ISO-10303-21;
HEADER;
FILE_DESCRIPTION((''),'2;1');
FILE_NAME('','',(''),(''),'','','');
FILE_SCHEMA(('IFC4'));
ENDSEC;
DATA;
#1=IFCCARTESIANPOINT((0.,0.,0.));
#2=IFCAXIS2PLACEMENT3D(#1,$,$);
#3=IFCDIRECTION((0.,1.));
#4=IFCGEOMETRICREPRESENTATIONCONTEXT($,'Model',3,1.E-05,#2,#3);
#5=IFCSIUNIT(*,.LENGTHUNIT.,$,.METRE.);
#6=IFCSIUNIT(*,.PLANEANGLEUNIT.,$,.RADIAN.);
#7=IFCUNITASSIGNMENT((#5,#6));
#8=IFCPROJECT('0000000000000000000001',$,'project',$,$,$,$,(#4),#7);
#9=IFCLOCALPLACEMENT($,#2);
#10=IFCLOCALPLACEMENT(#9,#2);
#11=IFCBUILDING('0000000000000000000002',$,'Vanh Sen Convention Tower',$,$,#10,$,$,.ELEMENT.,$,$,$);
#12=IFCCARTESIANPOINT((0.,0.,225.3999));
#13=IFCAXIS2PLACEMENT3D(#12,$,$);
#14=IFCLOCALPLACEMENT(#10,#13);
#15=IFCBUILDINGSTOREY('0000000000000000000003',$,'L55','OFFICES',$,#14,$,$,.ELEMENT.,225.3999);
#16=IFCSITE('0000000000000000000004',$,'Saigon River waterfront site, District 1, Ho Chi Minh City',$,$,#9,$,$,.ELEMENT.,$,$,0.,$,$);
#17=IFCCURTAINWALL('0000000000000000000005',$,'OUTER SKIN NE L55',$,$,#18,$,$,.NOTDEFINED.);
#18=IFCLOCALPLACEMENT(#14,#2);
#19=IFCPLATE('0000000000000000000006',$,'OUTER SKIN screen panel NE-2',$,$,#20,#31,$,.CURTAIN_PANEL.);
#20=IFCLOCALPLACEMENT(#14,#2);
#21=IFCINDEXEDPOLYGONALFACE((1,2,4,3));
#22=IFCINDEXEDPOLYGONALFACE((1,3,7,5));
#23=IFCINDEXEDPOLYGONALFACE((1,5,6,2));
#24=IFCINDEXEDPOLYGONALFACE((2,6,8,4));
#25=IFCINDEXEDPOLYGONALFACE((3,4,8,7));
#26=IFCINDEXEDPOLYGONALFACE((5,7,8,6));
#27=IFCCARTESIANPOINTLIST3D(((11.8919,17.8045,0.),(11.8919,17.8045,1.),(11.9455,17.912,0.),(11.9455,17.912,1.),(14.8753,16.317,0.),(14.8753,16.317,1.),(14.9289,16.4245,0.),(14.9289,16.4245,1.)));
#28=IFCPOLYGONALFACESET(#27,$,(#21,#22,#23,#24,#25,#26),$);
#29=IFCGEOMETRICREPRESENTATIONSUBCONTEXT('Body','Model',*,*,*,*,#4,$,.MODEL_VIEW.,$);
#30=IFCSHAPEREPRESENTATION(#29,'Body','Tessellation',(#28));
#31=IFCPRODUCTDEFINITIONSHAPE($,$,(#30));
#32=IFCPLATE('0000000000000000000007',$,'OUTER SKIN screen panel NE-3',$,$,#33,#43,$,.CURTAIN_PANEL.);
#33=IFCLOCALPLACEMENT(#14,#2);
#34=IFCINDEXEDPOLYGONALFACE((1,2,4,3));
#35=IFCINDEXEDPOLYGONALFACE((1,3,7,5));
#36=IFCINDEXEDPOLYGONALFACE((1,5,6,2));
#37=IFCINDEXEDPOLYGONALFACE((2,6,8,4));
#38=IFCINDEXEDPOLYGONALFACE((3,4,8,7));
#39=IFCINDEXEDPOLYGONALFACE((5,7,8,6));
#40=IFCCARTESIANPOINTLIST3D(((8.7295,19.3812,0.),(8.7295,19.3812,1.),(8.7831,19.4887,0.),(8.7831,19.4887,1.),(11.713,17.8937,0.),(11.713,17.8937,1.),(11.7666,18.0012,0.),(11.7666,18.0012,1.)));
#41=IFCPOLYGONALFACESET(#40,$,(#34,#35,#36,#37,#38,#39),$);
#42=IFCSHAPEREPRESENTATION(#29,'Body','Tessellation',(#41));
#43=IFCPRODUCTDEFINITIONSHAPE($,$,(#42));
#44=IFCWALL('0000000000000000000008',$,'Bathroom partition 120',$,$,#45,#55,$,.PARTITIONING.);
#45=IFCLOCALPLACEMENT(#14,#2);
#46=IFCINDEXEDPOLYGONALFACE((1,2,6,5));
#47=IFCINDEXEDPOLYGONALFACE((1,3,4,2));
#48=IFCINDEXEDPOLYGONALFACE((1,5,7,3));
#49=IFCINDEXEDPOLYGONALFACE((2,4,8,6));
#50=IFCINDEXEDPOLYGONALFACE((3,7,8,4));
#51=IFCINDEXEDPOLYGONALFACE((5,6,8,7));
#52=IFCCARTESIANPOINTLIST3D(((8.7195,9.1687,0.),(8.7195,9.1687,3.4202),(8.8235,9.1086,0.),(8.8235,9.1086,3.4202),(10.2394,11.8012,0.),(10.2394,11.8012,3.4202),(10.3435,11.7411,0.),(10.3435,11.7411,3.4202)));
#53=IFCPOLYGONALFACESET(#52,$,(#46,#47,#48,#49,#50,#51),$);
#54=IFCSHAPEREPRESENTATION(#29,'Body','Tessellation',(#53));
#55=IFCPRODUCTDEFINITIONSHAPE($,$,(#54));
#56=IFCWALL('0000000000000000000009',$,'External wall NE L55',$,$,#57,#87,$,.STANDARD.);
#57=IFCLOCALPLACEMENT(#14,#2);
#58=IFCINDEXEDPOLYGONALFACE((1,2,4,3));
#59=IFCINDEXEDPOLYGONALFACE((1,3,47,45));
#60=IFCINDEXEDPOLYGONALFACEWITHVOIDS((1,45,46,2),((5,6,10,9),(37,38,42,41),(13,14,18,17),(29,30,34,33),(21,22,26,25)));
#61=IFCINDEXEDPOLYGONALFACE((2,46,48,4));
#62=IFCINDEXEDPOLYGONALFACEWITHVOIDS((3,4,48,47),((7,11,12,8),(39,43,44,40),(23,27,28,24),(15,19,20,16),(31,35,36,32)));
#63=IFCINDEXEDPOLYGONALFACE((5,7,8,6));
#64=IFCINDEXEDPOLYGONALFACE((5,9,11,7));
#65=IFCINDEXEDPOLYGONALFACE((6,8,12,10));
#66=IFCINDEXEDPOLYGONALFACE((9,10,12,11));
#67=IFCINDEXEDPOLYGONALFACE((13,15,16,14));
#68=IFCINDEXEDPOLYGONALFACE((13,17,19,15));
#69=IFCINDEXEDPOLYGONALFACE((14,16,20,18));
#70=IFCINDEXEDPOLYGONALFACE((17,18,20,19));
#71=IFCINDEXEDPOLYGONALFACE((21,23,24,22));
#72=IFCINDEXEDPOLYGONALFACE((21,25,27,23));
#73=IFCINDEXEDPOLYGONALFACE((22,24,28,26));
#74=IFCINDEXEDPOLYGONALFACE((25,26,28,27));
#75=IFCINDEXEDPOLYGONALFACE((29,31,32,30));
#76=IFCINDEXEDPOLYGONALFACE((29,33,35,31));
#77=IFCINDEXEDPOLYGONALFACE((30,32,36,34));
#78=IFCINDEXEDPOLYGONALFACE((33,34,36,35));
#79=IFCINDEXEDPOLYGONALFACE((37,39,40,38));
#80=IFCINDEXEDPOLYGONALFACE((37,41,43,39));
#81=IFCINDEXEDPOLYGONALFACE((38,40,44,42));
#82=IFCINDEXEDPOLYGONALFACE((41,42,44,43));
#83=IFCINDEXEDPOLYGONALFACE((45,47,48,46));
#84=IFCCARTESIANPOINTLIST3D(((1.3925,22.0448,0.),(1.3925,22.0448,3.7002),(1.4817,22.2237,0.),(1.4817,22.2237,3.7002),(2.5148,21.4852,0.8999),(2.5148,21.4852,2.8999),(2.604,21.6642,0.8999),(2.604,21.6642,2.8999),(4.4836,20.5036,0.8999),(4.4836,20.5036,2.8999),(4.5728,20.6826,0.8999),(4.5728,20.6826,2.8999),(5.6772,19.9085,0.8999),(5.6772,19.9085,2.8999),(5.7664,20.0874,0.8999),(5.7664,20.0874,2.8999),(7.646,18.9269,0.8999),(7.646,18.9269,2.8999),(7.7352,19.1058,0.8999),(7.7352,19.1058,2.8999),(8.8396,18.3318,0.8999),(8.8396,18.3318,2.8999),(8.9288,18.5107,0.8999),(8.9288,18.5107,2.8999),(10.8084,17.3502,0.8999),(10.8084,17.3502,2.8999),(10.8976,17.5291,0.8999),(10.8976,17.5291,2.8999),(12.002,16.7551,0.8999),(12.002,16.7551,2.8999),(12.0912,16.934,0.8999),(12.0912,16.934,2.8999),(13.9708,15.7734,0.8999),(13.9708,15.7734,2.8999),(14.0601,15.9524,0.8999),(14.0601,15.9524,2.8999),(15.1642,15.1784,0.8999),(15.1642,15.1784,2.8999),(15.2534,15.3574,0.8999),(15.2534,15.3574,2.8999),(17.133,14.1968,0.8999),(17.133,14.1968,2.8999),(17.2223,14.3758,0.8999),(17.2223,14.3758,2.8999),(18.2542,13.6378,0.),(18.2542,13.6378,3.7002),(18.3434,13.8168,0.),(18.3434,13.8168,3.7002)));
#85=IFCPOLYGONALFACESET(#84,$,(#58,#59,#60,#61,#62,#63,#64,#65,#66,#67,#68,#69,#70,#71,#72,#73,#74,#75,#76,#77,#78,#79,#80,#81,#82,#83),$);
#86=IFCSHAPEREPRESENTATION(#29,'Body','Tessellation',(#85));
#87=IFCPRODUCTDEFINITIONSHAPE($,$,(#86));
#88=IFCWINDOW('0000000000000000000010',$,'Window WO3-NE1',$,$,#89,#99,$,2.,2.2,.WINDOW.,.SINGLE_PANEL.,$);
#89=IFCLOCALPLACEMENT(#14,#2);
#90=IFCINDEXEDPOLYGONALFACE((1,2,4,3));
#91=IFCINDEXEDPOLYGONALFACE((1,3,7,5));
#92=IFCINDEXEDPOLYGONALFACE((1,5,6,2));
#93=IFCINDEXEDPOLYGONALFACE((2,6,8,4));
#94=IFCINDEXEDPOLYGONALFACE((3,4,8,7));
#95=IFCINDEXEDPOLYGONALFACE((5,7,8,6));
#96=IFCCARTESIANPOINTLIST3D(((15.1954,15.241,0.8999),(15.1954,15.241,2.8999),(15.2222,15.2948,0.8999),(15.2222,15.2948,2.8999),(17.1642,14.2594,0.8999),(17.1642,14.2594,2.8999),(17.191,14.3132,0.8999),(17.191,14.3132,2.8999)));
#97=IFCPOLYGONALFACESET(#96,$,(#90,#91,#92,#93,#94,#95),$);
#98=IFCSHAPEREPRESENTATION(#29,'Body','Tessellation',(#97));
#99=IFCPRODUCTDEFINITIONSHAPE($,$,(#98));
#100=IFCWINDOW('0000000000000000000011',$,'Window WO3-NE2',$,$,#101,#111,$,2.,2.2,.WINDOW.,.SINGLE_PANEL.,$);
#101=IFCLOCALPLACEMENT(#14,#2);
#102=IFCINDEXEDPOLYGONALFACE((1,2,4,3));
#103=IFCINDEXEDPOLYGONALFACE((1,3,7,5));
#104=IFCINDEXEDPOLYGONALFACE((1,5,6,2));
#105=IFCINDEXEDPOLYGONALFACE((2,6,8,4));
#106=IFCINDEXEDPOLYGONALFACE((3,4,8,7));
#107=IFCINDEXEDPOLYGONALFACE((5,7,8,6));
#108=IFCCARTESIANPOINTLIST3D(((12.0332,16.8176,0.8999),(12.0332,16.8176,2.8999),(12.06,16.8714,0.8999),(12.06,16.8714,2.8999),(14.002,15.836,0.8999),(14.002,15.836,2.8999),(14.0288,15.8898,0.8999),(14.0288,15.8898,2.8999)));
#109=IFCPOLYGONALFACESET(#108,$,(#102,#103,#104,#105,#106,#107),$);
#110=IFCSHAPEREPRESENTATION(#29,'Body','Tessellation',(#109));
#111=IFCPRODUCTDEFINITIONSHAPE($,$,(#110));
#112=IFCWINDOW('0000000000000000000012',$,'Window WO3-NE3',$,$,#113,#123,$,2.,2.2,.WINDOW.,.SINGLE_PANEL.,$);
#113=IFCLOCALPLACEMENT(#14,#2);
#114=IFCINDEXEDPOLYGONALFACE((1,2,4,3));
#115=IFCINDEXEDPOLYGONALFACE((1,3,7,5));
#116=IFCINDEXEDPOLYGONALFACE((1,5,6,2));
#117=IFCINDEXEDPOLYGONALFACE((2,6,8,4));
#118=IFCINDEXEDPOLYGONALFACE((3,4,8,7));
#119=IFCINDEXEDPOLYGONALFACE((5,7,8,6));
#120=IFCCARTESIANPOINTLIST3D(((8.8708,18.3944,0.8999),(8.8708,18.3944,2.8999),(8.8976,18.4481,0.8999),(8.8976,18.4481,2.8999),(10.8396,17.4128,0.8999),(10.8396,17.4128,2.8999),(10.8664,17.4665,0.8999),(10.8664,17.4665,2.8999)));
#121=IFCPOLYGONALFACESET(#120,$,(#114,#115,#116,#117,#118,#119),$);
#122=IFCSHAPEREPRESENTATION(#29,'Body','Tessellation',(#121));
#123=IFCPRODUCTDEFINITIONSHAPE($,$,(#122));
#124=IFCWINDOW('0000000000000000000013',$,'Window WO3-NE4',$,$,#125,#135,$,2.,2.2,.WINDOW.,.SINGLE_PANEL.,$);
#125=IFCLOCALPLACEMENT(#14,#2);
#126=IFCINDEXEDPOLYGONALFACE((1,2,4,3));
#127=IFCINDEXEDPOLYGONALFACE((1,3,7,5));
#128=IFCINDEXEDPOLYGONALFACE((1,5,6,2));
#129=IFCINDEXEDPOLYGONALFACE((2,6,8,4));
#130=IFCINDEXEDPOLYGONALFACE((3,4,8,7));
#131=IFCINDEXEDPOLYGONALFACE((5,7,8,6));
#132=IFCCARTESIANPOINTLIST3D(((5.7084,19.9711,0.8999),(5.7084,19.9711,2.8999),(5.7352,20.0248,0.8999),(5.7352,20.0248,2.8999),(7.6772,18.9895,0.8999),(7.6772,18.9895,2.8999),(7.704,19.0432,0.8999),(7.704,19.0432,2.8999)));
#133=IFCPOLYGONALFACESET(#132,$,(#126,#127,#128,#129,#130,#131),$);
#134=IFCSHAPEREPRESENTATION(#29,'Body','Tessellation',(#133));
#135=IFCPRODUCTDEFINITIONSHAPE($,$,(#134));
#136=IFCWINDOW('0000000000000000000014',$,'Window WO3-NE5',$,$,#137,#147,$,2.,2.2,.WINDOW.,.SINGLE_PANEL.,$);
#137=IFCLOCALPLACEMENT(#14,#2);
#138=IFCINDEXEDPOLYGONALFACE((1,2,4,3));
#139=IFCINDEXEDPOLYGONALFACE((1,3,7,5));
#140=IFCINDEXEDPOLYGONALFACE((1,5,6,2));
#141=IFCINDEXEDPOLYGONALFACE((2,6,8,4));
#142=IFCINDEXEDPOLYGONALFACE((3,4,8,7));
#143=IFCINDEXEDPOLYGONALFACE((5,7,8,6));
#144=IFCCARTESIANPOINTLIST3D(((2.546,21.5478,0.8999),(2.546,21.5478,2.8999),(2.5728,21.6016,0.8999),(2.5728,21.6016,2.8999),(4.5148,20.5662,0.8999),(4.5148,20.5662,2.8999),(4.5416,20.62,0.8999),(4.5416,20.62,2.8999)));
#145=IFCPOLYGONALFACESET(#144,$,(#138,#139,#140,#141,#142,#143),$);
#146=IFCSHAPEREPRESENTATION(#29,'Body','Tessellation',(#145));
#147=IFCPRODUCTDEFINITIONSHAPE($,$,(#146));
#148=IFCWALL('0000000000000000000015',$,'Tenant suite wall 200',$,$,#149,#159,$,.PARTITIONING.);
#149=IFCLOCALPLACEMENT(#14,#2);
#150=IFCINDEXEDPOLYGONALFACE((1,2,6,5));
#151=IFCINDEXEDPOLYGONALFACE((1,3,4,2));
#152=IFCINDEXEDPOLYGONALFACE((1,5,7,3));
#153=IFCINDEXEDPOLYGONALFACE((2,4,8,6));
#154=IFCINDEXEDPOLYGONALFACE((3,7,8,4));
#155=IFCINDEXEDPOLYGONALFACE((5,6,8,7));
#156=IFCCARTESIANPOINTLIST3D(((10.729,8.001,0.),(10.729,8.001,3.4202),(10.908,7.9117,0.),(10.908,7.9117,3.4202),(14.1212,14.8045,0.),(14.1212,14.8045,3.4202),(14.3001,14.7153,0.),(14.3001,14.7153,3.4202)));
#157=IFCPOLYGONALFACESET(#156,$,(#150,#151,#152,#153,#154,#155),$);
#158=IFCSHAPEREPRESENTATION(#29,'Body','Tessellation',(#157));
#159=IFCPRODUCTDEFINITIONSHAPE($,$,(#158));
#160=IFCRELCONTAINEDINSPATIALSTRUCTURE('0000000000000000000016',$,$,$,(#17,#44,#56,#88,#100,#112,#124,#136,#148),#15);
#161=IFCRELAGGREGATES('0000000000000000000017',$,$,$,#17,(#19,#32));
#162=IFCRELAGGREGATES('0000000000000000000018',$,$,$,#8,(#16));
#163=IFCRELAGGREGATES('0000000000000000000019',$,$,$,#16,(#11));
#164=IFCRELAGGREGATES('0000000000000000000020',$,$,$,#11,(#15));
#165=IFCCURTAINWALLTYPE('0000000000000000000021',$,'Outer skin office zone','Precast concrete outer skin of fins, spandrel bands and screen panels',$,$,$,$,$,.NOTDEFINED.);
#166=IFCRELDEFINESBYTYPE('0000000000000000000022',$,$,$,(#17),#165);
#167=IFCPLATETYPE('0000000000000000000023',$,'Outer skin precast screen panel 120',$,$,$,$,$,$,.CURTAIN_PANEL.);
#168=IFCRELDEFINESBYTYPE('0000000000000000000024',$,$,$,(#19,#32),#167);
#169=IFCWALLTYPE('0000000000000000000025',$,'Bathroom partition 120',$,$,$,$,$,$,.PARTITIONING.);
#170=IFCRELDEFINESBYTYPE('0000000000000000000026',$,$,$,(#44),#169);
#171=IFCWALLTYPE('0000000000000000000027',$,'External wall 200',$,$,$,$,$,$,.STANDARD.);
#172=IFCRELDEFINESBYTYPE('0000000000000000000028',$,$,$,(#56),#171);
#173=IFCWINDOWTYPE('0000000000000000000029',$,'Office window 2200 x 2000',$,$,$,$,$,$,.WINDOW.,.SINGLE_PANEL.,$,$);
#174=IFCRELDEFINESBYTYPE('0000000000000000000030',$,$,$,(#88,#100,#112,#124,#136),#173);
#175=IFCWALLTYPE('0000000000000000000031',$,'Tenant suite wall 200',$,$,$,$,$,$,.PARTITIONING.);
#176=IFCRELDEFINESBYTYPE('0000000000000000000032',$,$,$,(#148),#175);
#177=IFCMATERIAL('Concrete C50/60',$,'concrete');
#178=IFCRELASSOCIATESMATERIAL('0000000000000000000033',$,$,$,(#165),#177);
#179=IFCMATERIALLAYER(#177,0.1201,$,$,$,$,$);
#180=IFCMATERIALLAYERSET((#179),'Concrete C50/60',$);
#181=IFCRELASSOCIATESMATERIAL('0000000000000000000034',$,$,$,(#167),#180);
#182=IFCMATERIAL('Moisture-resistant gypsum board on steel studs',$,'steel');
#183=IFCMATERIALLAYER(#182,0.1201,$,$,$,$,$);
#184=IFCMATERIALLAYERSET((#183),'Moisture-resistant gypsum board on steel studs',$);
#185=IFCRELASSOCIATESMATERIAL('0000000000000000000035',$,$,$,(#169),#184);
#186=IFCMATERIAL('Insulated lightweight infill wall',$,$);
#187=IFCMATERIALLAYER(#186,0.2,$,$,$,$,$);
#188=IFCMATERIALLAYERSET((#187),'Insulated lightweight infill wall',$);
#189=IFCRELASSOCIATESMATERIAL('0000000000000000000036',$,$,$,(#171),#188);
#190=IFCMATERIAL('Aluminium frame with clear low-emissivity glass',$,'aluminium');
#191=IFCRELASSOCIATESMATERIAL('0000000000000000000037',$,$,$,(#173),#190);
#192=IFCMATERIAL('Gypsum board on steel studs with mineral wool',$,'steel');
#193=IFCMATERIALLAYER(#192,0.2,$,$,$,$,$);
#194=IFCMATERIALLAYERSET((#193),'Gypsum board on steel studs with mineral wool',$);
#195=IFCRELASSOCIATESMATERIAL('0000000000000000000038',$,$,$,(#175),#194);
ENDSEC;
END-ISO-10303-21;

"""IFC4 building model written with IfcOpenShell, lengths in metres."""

from ifc_helpers import new_model, si_unit, direction, frame, frame_2d, origin, origin_2d, place, context, subcontext, project, spatial, rectangle, extrude, material, layer, layer_set, type_object, element, fill, aggregate, save


model = new_model("IFC4")

# Units and contexts
model_context = context("Model", 3, precision=1e-05, world=origin(), true_north=direction((0.0, 1.0)))
body_context = subcontext(model_context, "Body", "Model", "MODEL_VIEW")
ifc_project = project(units=[si_unit("LENGTHUNIT", "METRE"), si_unit("PLANEANGLEUNIT", "RADIAN")], contexts=[model_context])

# Site, building, storey
site_placement = place(None, origin())
site = spatial("IfcSite", under=ifc_project, at=site_placement, Name="Saigon River waterfront site, District 1, Ho Chi Minh City", CompositionType="ELEMENT", RefElevation=0.0)
building_placement = place(site_placement, origin())
building = spatial("IfcBuilding", under=site, at=building_placement, Name="Vanh Sen Convention Tower", CompositionType="ELEMENT")
storey_placement = place(building_placement, frame((0.0, 0.0, 225.3999)))
storey = spatial("IfcBuildingStorey", under=building, at=storey_placement, Name="L55", Description="OFFICES", CompositionType="ELEMENT", Elevation=225.3999)

# Curtain wall
ifc_material_1 = material(Name="Concrete C50/60", Category="concrete")
curtain_wall_type = type_object("IfcCurtainWallType", Name="Outer skin office zone", Description="Precast concrete outer skin of fins, spandrel bands and screen panels", PredefinedType="NOTDEFINED", material=ifc_material_1)
curtain_wall_1_placement = place(storey_placement, origin())
curtain_wall_1 = element("IfcCurtainWall", 1, at=curtain_wall_1_placement, inside=storey, type_object=curtain_wall_type, Name="OUTER SKIN NE L55", PredefinedType="NOTDEFINED")

# Shared definitions
ifc_layer_1 = layer(ifc_material_1, 0.1201)
ifc_layer_set_1 = layer_set([ifc_layer_1], Name="Concrete C50/60")
plate_type = type_object("IfcPlateType", Name="Outer skin precast screen panel 120", PredefinedType="CURTAIN_PANEL", material=ifc_layer_set_1)

# Plates
plate_1_placement = place(storey_placement, frame((13.4104, 17.1145, 0.0), z_axis=(0.0, 0.0, 1.0), x_axis=(-0.894936, 0.446195, 0.0)))
plate_1 = element("IfcPlate", 2, at=plate_1_placement, type_object=plate_type, Name="OUTER SKIN screen panel NE-2", PredefinedType="CURTAIN_PANEL", context=body_context, shape_type="SweptSolid", body=[
    extrude(rectangle(XDim=3.3337, YDim=0.1201, at=origin_2d()), origin(), (0.0, 0.0, 1.0), 1.0),
])
plate_2_placement = place(storey_placement, frame((10.248, 18.6912, 0.0), z_axis=(0.0, 0.0, 1.0), x_axis=(-0.894936, 0.446195, 0.0)))
plate_2 = element("IfcPlate", 3, at=plate_2_placement, type_object=plate_type, Name="OUTER SKIN screen panel NE-3", PredefinedType="CURTAIN_PANEL", context=body_context, shape_type="SweptSolid", body=[
    extrude(rectangle(XDim=3.3337, YDim=0.1201, at=origin_2d()), origin(), (0.0, 0.0, 1.0), 1.0),
])
aggregate(curtain_wall_1, [plate_1, plate_2])

# Wall
ifc_material_2 = material(Name="Moisture-resistant gypsum board on steel studs", Category="steel")
ifc_layer_2 = layer(ifc_material_2, 0.1201)
ifc_layer_set_2 = layer_set([ifc_layer_2], Name="Moisture-resistant gypsum board on steel studs")
wall_type_1 = type_object("IfcWallType", Name="Bathroom partition 120", PredefinedType="PARTITIONING", material=ifc_layer_set_2)
wall_1_placement = place(storey_placement, frame((10.2915, 11.7712, 0.0), z_axis=(0.0, 0.0, 1.0), x_axis=(-0.500026, -0.86601, 0.0)))
element("IfcWall", 4, at=wall_1_placement, inside=storey, type_object=wall_type_1, Name="Bathroom partition 120", PredefinedType="PARTITIONING", context=body_context, shape_type="SweptSolid", body=[
    extrude(rectangle(XDim=3.0398, YDim=0.1201, at=frame_2d((1.52, 0.0))), origin(), (0.0, 0.0, 1.0), 3.4202),
])

# Wall, openings, windows
ifc_material_3 = material(Name="Insulated lightweight infill wall")
ifc_layer_3 = layer(ifc_material_3, 0.2)
ifc_layer_set_3 = layer_set([ifc_layer_3], Name="Insulated lightweight infill wall")
wall_type_2 = type_object("IfcWallType", Name="External wall 200", PredefinedType="STANDARD", material=ifc_layer_set_3)
wall_2_placement = place(storey_placement, frame((18.2988, 13.7273, 0.0), z_axis=(0.0, 0.0, 1.0), x_axis=(-0.894935, 0.446197, 0.0)))
wall_2 = element("IfcWall", 5, at=wall_2_placement, inside=storey, type_object=wall_type_2, Name="External wall NE L55", PredefinedType="STANDARD", context=body_context, shape_type="SweptSolid", body=[
    extrude(rectangle(XDim=18.8413, YDim=0.2, at=frame_2d((9.4207, 0.0))), origin(), (0.0, 0.0, 1.0), 3.7002),
])
opening_1_placement = place(wall_2_placement, frame((1.2527, 0.0, 0.8999)))
opening_1 = element("IfcOpeningElement", 6, at=opening_1_placement, cuts=wall_2, PredefinedType="OPENING", context=body_context, shape_type="SweptSolid", body=[
    extrude(rectangle(XDim=2.2, YDim=2.0, at=frame_2d((1.1001, 1.0))), frame((0.0, 0.1099, 0.0), z_axis=(0.0, -1.0, 0.0), x_axis=(1.0, 0.0, 0.0)), (0.0, 0.0, 1.0), 0.22),
])
opening_2_placement = place(wall_2_placement, frame((4.7861, 0.0, 0.8999)))
opening_2 = element("IfcOpeningElement", 7, at=opening_2_placement, cuts=wall_2, PredefinedType="OPENING", context=body_context, shape_type="SweptSolid", body=[
    extrude(rectangle(XDim=2.2, YDim=2.0, at=frame_2d((1.1001, 1.0))), frame((0.0, 0.1099, 0.0), z_axis=(0.0, -1.0, 0.0), x_axis=(1.0, 0.0, 0.0)), (0.0, 0.0, 1.0), 0.22),
])
opening_3_placement = place(wall_2_placement, frame((8.3198, 0.0, 0.8999)))
opening_3 = element("IfcOpeningElement", 8, at=opening_3_placement, cuts=wall_2, PredefinedType="OPENING", context=body_context, shape_type="SweptSolid", body=[
    extrude(rectangle(XDim=2.2, YDim=2.0, at=frame_2d((1.1001, 1.0))), frame((0.0, 0.1099, 0.0), z_axis=(0.0, -1.0, 0.0), x_axis=(1.0, 0.0, 0.0)), (0.0, 0.0, 1.0), 0.22),
])
opening_4_placement = place(wall_2_placement, frame((11.8535, 0.0, 0.8999)))
opening_4 = element("IfcOpeningElement", 9, at=opening_4_placement, cuts=wall_2, PredefinedType="OPENING", context=body_context, shape_type="SweptSolid", body=[
    extrude(rectangle(XDim=2.2, YDim=2.0, at=frame_2d((1.1001, 1.0))), frame((0.0, 0.1099, 0.0), z_axis=(0.0, -1.0, 0.0), x_axis=(1.0, 0.0, 0.0)), (0.0, 0.0, 1.0), 0.22),
])
opening_5_placement = place(wall_2_placement, frame((15.3872, 0.0, 0.8999)))
opening_5 = element("IfcOpeningElement", 10, at=opening_5_placement, cuts=wall_2, PredefinedType="OPENING", context=body_context, shape_type="SweptSolid", body=[
    extrude(rectangle(XDim=2.2, YDim=2.0, at=frame_2d((1.1001, 1.0))), frame((0.0, 0.1099, 0.0), z_axis=(0.0, -1.0, 0.0), x_axis=(1.0, 0.0, 0.0)), (0.0, 0.0, 1.0), 0.22),
])
ifc_material_4 = material(Name="Aluminium frame with clear low-emissivity glass", Category="aluminium")
window_type = type_object("IfcWindowType", Name="Office window 2200 x 2000", PartitioningType="SINGLE_PANEL", PredefinedType="WINDOW", material=ifc_material_4)
window_1_placement = place(opening_1_placement, origin())
window_1 = element("IfcWindow", 11, at=window_1_placement, inside=storey, type_object=window_type, Name="Window WO3-NE1", OverallHeight=2.0, OverallWidth=2.2, PartitioningType="SINGLE_PANEL", PredefinedType="WINDOW", context=body_context, shape_type="SweptSolid", body=[
    extrude(rectangle(XDim=2.2, YDim=2.0, at=frame_2d((1.1001, 1.0))), frame((0.0, 0.03, 0.0), z_axis=(0.0, -1.0, 0.0), x_axis=(1.0, 0.0, 0.0)), (0.0, 0.0, 1.0), 0.0601),
])
fill(opening_1, window_1)
window_2_placement = place(opening_2_placement, origin())
window_2 = element("IfcWindow", 12, at=window_2_placement, inside=storey, type_object=window_type, Name="Window WO3-NE2", OverallHeight=2.0, OverallWidth=2.2, PartitioningType="SINGLE_PANEL", PredefinedType="WINDOW", context=body_context, shape_type="SweptSolid", body=[
    extrude(rectangle(XDim=2.2, YDim=2.0, at=frame_2d((1.1001, 1.0))), frame((0.0, 0.03, 0.0), z_axis=(0.0, -1.0, 0.0), x_axis=(1.0, 0.0, 0.0)), (0.0, 0.0, 1.0), 0.0601),
])
fill(opening_2, window_2)
window_3_placement = place(opening_3_placement, origin())
window_3 = element("IfcWindow", 13, at=window_3_placement, inside=storey, type_object=window_type, Name="Window WO3-NE3", OverallHeight=2.0, OverallWidth=2.2, PartitioningType="SINGLE_PANEL", PredefinedType="WINDOW", context=body_context, shape_type="SweptSolid", body=[
    extrude(rectangle(XDim=2.2, YDim=2.0, at=frame_2d((1.1001, 1.0))), frame((0.0, 0.03, 0.0), z_axis=(0.0, -1.0, 0.0), x_axis=(1.0, 0.0, 0.0)), (0.0, 0.0, 1.0), 0.0601),
])
fill(opening_3, window_3)
window_4_placement = place(opening_4_placement, origin())
window_4 = element("IfcWindow", 14, at=window_4_placement, inside=storey, type_object=window_type, Name="Window WO3-NE4", OverallHeight=2.0, OverallWidth=2.2, PartitioningType="SINGLE_PANEL", PredefinedType="WINDOW", context=body_context, shape_type="SweptSolid", body=[
    extrude(rectangle(XDim=2.2, YDim=2.0, at=frame_2d((1.1001, 1.0))), frame((0.0, 0.03, 0.0), z_axis=(0.0, -1.0, 0.0), x_axis=(1.0, 0.0, 0.0)), (0.0, 0.0, 1.0), 0.0601),
])
fill(opening_4, window_4)
window_5_placement = place(opening_5_placement, origin())
window_5 = element("IfcWindow", 15, at=window_5_placement, inside=storey, type_object=window_type, Name="Window WO3-NE5", OverallHeight=2.0, OverallWidth=2.2, PartitioningType="SINGLE_PANEL", PredefinedType="WINDOW", context=body_context, shape_type="SweptSolid", body=[
    extrude(rectangle(XDim=2.2, YDim=2.0, at=frame_2d((1.1001, 1.0))), frame((0.0, 0.03, 0.0), z_axis=(0.0, -1.0, 0.0), x_axis=(1.0, 0.0, 0.0)), (0.0, 0.0, 1.0), 0.0601),
])
fill(opening_5, window_5)

# Wall
ifc_material_5 = material(Name="Gypsum board on steel studs with mineral wool", Category="steel")
ifc_layer_4 = layer(ifc_material_5, 0.2)
ifc_layer_set_4 = layer_set([ifc_layer_4], Name="Gypsum board on steel studs with mineral wool")
wall_type_3 = type_object("IfcWallType", Name="Tenant suite wall 200", PredefinedType="PARTITIONING", material=ifc_layer_set_4)
wall_3_placement = place(storey_placement, frame((14.2107, 14.76, 0.0), z_axis=(0.0, 0.0, 1.0), x_axis=(-0.446198, -0.894934, 0.0)))
element("IfcWall", 16, at=wall_3_placement, inside=storey, type_object=wall_type_3, Name="Tenant suite wall 200", PredefinedType="PARTITIONING", context=body_context, shape_type="SweptSolid", body=[
    extrude(rectangle(XDim=7.6023, YDim=0.2, at=frame_2d((3.8013, 0.0))), origin(), (0.0, 0.0, 1.0), 3.4202),
])

save(model, "model.ifc")
